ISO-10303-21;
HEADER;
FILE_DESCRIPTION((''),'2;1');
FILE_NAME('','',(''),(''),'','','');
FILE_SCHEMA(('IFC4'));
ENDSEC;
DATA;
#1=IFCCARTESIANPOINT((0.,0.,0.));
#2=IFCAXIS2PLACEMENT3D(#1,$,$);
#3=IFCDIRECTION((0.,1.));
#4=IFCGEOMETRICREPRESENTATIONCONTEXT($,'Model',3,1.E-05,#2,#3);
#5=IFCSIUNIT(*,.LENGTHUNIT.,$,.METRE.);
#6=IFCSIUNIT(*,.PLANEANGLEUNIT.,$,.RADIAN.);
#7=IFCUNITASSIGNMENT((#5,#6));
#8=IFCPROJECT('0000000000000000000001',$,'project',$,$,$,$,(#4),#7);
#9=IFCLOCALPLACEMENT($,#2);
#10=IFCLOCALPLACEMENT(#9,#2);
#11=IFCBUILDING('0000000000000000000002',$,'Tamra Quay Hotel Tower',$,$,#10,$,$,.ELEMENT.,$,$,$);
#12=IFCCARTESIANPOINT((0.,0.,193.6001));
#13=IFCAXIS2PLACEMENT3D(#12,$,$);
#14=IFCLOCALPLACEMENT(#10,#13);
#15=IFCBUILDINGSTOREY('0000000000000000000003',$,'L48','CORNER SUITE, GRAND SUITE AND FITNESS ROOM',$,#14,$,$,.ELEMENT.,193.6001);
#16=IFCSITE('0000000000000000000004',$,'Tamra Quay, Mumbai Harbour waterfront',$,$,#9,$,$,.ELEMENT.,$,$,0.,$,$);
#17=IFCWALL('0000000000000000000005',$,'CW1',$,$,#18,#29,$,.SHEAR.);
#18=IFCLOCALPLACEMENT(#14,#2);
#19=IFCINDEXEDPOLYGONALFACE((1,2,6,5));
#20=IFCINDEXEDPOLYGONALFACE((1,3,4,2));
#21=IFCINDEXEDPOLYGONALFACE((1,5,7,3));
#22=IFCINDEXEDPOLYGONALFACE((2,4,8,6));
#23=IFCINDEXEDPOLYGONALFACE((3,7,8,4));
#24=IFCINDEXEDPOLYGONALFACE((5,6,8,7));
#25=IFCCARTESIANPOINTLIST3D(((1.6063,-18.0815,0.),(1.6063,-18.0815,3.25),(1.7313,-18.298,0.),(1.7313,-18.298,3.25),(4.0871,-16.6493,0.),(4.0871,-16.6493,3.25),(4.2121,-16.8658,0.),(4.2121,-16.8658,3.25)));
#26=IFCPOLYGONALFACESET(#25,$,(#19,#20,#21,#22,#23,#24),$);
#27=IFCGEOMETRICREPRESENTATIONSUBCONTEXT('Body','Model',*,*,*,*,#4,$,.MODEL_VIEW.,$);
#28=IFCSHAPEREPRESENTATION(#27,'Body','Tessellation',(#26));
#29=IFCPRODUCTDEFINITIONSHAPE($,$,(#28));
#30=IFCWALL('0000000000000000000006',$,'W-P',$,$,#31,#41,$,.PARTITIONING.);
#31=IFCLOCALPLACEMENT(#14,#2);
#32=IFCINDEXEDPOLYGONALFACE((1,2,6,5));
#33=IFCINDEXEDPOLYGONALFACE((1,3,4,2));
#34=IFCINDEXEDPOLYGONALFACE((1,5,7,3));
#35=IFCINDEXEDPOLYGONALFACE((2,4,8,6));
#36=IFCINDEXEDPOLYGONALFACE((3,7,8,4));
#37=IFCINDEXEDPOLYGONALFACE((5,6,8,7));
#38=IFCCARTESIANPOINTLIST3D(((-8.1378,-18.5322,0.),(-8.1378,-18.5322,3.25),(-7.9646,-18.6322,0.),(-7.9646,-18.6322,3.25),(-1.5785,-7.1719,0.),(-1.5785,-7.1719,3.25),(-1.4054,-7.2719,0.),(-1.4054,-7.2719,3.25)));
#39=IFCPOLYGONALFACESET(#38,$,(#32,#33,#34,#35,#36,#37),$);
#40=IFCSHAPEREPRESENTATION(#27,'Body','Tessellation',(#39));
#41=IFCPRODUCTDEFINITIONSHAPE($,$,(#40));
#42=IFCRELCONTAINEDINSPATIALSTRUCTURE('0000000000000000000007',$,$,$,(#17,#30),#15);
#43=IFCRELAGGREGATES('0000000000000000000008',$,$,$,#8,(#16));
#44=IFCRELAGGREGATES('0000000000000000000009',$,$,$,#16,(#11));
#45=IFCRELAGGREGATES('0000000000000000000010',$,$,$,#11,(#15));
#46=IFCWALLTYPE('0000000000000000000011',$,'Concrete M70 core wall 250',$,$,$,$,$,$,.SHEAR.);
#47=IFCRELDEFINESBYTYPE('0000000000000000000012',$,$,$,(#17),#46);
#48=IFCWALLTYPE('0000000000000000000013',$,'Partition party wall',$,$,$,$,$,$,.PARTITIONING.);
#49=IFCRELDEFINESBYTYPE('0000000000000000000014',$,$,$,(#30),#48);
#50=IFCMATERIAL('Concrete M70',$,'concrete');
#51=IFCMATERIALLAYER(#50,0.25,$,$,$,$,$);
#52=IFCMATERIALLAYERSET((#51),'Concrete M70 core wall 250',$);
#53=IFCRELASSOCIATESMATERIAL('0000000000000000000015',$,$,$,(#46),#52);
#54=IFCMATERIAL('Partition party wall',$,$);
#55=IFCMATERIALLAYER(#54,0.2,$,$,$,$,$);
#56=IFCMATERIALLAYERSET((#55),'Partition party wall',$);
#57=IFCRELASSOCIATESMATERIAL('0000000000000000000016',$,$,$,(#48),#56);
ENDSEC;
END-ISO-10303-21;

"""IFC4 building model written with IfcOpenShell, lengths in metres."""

from ifc_helpers import new_model, si_unit, direction, frame, frame_2d, origin, place, context, subcontext, project, spatial, rectangle, extrude, material, layer, layer_set, type_object, element, save


model = new_model("IFC4")

# Units and contexts
model_context = context("Model", 3, precision=1e-05, world=origin(), true_north=direction((0.0, 1.0)))
body_context = subcontext(model_context, "Body", "Model", "MODEL_VIEW")
ifc_project = project(units=[si_unit("LENGTHUNIT", "METRE"), si_unit("PLANEANGLEUNIT", "RADIAN")], contexts=[model_context])

# Site, building, storey
site_placement = place(None, origin())
site = spatial("IfcSite", under=ifc_project, at=site_placement, Name="Tamra Quay, Mumbai Harbour waterfront", CompositionType="ELEMENT", RefElevation=0.0)
building_placement = place(site_placement, origin())
building = spatial("IfcBuilding", under=site, at=building_placement, Name="Tamra Quay Hotel Tower", CompositionType="ELEMENT")
storey_placement = place(building_placement, frame((0.0, 0.0, 193.6001)))
storey = spatial("IfcBuildingStorey", under=building, at=storey_placement, Name="L48", Description="CORNER SUITE, GRAND SUITE AND FITNESS ROOM", CompositionType="ELEMENT", Elevation=193.6001)

# Shared definitions
ifc_material_1 = material(Name="Concrete M70", Category="concrete")

# Walls
ifc_layer_1 = layer(ifc_material_1, 0.25)
ifc_layer_set_1 = layer_set([ifc_layer_1], Name="Concrete M70 core wall 250")
wall_type_1 = type_object("IfcWallType", Name="Concrete M70 core wall 250", PredefinedType="SHEAR", material=ifc_layer_set_1)
wall_1_placement = place(storey_placement, frame((1.6689, -18.1897, 0.0), z_axis=(0.0, 0.0, 1.0), x_axis=(0.866042, 0.499971, 0.0)))
element("IfcWall", 1, at=wall_1_placement, inside=storey, type_object=wall_type_1, Name="CW1", PredefinedType="SHEAR", context=body_context, shape_type="SweptSolid", body=[
    extrude(rectangle(XDim=2.8645, YDim=0.25, at=frame_2d((1.4321, 0.0))), origin(), (0.0, 0.0, 1.0), 3.25),
])
ifc_material_2 = material(Name="Partition party wall")
ifc_layer_2 = layer(ifc_material_2, 0.2)
ifc_layer_set_2 = layer_set([ifc_layer_2], Name="Partition party wall")
wall_type_2 = type_object("IfcWallType", Name="Partition party wall", PredefinedType="PARTITIONING", material=ifc_layer_set_2)
wall_2_placement = place(storey_placement, frame((-8.0513, -18.5823, 0.0), z_axis=(0.0, 0.0, 1.0), x_axis=(0.500024, 0.866011, 0.0)))
element("IfcWall", 2, at=wall_2_placement, inside=storey, type_object=wall_type_2, Name="W-P", PredefinedType="PARTITIONING", context=body_context, shape_type="SweptSolid", body=[
    extrude(rectangle(XDim=13.1179, YDim=0.2, at=frame_2d((6.5591, 0.0))), origin(), (0.0, 0.0, 1.0), 3.25),
])

save(model, "model.ifc")
